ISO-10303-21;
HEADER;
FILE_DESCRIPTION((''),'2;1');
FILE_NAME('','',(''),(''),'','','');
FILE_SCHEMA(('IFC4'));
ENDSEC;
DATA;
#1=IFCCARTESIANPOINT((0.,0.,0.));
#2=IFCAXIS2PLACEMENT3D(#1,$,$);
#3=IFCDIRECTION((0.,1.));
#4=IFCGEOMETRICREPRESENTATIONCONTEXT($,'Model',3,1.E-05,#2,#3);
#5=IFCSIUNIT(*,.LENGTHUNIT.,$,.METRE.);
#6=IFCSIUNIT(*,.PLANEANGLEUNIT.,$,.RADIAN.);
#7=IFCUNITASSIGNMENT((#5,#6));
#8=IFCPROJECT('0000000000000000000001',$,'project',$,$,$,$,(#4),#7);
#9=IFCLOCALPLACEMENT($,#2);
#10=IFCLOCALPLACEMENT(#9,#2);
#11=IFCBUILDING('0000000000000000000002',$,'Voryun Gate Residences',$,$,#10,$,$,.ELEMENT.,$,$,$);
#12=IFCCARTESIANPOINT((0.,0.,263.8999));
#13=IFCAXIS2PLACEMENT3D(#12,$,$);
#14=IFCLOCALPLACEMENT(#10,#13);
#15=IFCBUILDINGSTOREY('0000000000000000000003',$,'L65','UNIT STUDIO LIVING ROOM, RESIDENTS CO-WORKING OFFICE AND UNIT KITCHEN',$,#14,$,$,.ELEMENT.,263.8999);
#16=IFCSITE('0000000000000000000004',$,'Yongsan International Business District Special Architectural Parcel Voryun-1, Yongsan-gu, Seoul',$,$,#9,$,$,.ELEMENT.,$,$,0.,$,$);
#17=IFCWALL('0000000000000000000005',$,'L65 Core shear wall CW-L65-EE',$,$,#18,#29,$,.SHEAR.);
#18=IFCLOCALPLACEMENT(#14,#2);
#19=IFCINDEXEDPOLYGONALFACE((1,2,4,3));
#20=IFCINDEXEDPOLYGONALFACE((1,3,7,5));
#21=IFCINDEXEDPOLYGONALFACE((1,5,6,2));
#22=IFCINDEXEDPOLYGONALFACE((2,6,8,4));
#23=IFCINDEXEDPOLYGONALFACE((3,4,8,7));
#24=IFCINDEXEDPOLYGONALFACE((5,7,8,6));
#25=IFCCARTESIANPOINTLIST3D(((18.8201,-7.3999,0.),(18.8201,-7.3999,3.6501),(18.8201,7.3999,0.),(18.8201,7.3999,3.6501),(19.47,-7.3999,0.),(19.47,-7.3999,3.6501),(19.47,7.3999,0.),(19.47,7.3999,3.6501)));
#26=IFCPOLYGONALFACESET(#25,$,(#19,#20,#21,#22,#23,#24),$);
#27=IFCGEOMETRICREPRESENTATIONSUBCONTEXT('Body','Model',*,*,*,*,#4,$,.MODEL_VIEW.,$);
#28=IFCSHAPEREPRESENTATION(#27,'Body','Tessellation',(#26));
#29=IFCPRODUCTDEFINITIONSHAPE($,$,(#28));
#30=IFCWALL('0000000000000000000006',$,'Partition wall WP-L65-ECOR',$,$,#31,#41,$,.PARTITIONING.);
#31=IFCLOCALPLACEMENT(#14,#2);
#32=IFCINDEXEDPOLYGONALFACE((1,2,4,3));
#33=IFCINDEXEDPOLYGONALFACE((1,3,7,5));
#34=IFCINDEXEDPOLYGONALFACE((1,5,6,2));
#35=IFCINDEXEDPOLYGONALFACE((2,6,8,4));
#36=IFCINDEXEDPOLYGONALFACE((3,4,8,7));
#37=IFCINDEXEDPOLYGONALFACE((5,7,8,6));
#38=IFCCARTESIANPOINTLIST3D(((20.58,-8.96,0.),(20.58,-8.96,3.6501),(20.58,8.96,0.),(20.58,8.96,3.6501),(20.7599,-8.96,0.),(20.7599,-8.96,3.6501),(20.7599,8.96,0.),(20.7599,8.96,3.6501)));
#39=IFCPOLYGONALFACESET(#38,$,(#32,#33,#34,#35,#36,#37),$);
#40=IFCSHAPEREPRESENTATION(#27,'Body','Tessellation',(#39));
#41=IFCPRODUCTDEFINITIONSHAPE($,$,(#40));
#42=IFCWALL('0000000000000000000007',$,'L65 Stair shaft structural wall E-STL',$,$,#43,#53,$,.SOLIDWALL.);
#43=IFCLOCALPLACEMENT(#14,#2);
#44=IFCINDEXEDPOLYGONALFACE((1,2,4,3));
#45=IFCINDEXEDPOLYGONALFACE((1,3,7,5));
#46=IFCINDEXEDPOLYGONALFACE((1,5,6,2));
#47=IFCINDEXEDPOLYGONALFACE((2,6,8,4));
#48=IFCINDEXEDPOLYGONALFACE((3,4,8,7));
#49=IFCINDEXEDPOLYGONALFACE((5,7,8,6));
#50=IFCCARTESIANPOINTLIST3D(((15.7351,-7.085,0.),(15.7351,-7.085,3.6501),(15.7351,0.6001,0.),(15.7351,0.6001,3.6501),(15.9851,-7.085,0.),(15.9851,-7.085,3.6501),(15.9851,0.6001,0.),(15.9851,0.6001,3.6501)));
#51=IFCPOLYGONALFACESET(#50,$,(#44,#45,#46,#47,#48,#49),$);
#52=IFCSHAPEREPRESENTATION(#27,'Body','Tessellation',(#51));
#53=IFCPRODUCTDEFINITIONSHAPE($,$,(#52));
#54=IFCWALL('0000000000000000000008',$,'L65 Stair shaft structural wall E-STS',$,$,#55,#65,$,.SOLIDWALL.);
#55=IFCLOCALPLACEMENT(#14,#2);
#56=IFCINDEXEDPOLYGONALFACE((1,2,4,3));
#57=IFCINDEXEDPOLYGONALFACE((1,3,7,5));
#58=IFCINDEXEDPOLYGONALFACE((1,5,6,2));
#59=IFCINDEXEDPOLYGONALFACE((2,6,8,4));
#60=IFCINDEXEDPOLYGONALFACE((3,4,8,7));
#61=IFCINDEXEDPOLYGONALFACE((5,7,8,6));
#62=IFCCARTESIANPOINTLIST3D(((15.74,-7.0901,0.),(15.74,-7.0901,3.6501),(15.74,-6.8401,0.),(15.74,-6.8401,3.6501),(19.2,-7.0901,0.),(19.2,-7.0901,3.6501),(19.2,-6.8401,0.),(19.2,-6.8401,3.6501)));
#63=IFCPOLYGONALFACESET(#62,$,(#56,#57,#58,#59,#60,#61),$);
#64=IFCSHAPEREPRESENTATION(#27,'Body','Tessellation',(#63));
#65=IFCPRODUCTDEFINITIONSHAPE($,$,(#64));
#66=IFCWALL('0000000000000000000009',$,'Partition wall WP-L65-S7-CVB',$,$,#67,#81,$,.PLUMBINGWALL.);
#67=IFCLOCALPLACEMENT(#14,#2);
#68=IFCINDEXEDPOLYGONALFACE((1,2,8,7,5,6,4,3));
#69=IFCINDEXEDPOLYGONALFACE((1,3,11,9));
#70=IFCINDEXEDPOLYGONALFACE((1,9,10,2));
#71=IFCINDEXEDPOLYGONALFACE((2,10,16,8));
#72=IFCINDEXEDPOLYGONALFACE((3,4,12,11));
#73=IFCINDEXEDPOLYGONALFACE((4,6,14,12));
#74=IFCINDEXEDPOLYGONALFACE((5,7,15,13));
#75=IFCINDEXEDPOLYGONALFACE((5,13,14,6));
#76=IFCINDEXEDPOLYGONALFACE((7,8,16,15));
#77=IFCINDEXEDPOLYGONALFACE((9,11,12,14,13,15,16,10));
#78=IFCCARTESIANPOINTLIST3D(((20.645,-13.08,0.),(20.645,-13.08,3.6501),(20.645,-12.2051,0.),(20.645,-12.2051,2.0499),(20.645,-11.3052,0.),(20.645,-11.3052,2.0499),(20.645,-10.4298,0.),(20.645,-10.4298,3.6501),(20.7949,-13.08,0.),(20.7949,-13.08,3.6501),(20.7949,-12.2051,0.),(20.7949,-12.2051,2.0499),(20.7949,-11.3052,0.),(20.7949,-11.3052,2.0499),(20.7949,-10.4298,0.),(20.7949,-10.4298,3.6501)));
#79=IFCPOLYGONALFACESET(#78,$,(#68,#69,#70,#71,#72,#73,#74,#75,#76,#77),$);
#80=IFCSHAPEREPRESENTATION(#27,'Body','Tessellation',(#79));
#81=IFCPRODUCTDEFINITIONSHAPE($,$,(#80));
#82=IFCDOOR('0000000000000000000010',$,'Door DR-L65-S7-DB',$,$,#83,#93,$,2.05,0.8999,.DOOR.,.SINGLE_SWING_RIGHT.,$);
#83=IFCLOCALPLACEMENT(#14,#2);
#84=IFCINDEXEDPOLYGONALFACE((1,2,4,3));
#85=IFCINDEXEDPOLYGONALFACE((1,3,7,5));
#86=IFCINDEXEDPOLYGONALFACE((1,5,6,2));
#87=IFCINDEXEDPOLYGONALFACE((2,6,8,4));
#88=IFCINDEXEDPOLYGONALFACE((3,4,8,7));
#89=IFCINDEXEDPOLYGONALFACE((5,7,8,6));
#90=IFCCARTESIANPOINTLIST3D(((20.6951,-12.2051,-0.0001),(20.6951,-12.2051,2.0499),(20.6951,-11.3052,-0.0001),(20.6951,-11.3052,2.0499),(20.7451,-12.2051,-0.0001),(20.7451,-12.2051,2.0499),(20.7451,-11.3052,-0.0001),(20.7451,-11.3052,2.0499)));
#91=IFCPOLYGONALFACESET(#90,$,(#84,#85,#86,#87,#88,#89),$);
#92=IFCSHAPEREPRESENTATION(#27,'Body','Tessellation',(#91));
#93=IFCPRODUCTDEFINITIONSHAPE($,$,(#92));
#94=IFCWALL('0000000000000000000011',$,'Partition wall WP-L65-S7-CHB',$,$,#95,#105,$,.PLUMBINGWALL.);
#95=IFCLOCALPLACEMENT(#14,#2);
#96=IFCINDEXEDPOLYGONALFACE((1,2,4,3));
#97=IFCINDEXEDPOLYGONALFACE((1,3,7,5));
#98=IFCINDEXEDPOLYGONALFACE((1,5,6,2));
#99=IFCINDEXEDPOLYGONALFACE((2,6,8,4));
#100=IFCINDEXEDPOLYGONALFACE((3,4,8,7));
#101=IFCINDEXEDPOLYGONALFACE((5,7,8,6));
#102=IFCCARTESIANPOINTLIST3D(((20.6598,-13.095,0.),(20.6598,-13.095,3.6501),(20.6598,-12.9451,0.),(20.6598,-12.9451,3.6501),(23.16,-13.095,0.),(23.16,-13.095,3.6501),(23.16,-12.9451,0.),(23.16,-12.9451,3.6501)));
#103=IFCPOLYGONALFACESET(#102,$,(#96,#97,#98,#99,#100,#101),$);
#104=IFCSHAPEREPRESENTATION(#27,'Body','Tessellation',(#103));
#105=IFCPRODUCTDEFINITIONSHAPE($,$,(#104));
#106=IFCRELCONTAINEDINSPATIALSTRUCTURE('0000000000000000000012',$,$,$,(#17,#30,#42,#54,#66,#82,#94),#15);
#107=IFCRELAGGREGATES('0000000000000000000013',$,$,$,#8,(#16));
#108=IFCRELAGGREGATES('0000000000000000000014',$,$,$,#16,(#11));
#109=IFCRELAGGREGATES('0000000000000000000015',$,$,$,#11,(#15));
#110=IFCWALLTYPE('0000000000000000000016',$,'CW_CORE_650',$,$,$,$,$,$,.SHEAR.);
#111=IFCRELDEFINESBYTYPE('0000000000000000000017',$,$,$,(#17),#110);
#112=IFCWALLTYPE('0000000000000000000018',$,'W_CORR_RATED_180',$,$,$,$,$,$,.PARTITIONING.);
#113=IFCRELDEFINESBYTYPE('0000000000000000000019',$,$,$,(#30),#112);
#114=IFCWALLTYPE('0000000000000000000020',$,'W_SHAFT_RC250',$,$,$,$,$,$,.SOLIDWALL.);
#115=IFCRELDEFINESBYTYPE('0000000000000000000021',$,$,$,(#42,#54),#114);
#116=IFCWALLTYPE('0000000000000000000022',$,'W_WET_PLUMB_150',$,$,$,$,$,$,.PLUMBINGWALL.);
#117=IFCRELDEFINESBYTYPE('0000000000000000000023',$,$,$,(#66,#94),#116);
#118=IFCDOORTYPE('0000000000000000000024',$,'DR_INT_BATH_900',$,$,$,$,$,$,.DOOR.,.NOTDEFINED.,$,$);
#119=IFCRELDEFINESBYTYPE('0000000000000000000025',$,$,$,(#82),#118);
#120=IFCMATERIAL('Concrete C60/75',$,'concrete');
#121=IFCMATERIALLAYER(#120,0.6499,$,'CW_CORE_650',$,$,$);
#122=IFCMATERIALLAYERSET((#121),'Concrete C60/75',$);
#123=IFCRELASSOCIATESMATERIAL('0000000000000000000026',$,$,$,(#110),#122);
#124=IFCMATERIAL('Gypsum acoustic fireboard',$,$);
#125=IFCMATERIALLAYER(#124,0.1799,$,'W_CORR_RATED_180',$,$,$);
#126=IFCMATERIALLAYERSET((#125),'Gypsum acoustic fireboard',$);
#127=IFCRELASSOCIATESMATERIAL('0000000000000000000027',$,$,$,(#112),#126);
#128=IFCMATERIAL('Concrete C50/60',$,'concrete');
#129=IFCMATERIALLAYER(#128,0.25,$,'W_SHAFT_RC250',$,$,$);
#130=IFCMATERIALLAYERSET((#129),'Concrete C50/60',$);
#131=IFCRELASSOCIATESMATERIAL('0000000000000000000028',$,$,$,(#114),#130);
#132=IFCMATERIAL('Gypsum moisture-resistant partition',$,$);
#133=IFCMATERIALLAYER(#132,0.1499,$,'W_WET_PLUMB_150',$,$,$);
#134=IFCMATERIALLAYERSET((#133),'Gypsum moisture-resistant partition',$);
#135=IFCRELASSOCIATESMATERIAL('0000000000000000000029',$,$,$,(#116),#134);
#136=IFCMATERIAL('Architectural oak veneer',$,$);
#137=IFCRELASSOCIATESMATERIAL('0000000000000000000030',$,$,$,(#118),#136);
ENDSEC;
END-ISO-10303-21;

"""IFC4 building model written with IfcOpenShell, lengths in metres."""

from ifc_helpers import new_model, si_unit, direction, frame, frame_2d, origin, place, context, subcontext, project, spatial, rectangle, extrude, material, layer, layer_set, type_object, element, fill, save


model = new_model("IFC4")

# Units and contexts
model_context = context("Model", 3, precision=1e-05, world=origin(), true_north=direction((0.0, 1.0)))
body_context = subcontext(model_context, "Body", "Model", "MODEL_VIEW")
ifc_project = project(units=[si_unit("LENGTHUNIT", "METRE"), si_unit("PLANEANGLEUNIT", "RADIAN")], contexts=[model_context])

# Site, building, storey
site_placement = place(None, origin())
site = spatial("IfcSite", under=ifc_project, at=site_placement, Name="Yongsan International Business District Special Architectural Parcel Voryun-1, Yongsan-gu, Seoul", CompositionType="ELEMENT", RefElevation=0.0)
building_placement = place(site_placement, origin())
building = spatial("IfcBuilding", under=site, at=building_placement, Name="Voryun Gate Residences", CompositionType="ELEMENT")
storey_placement = place(building_placement, frame((0.0, 0.0, 263.8999)))
storey = spatial("IfcBuildingStorey", under=building, at=storey_placement, Name="L65", Description="UNIT STUDIO LIVING ROOM, RESIDENTS CO-WORKING OFFICE AND UNIT KITCHEN", CompositionType="ELEMENT", Elevation=263.8999)

# Walls
ifc_material_1 = material(Name="Concrete C60/75", Category="concrete")
ifc_layer_1 = layer(ifc_material_1, 0.6499, Name="CW_CORE_650")
ifc_layer_set_1 = layer_set([ifc_layer_1], Name="Concrete C60/75")
wall_type_1 = type_object("IfcWallType", Name="CW_CORE_650", PredefinedType="SHEAR", material=ifc_layer_set_1)
wall_1_placement = place(storey_placement, frame((19.145, -7.3999, 0.0), z_axis=(0.0, 0.0, 1.0), x_axis=(0.0, 1.0, 0.0)))
element("IfcWall", 1, at=wall_1_placement, inside=storey, type_object=wall_type_1, Name="L65 Core shear wall CW-L65-EE", PredefinedType="SHEAR", context=body_context, shape_type="SweptSolid", body=[
    extrude(rectangle(XDim=14.7998, YDim=0.6499, at=frame_2d((7.3999, 0.0))), origin(), (0.0, 0.0, 1.0), 3.6501),
])
ifc_material_2 = material(Name="Gypsum acoustic fireboard")
ifc_layer_2 = layer(ifc_material_2, 0.1799, Name="W_CORR_RATED_180")
ifc_layer_set_2 = layer_set([ifc_layer_2], Name="Gypsum acoustic fireboard")
wall_type_2 = type_object("IfcWallType", Name="W_CORR_RATED_180", PredefinedType="PARTITIONING", material=ifc_layer_set_2)
wall_2_placement = place(storey_placement, frame((20.6699, -8.96, 0.0), z_axis=(0.0, 0.0, 1.0), x_axis=(0.0, 1.0, 0.0)))
element("IfcWall", 2, at=wall_2_placement, inside=storey, type_object=wall_type_2, Name="Partition wall WP-L65-ECOR", PredefinedType="PARTITIONING", context=body_context, shape_type="SweptSolid", body=[
    extrude(rectangle(XDim=17.9199, YDim=0.1799, at=frame_2d((8.96, 0.0))), origin(), (0.0, 0.0, 1.0), 3.6501),
])
ifc_material_3 = material(Name="Concrete C50/60", Category="concrete")
ifc_layer_3 = layer(ifc_material_3, 0.25, Name="W_SHAFT_RC250")
ifc_layer_set_3 = layer_set([ifc_layer_3], Name="Concrete C50/60")
wall_type_3 = type_object("IfcWallType", Name="W_SHAFT_RC250", PredefinedType="SOLIDWALL", material=ifc_layer_set_3)
wall_3_placement = place(storey_placement, frame((15.8601, -7.085, 0.0), z_axis=(0.0, 0.0, 1.0), x_axis=(0.0, 1.0, 0.0)))
element("IfcWall", 3, at=wall_3_placement, inside=storey, type_object=wall_type_3, Name="L65 Stair shaft structural wall E-STL", PredefinedType="SOLIDWALL", context=body_context, shape_type="SweptSolid", body=[
    extrude(rectangle(XDim=7.6851, YDim=0.25, at=frame_2d((3.8425, 0.0))), origin(), (0.0, 0.0, 1.0), 3.6501),
])
wall_4_placement = place(storey_placement, frame((15.74, -6.9651, 0.0), z_axis=(0.0, 0.0, 1.0), x_axis=(1.0, 0.0, 0.0)))
element("IfcWall", 4, at=wall_4_placement, inside=storey, type_object=wall_type_3, Name="L65 Stair shaft structural wall E-STS", PredefinedType="SOLIDWALL", context=body_context, shape_type="SweptSolid", body=[
    extrude(rectangle(XDim=3.46, YDim=0.25, at=frame_2d((1.73, 0.0))), origin(), (0.0, 0.0, 1.0), 3.6501),
])

# Wall, opening, door
ifc_material_4 = material(Name="Gypsum moisture-resistant partition")
ifc_layer_4 = layer(ifc_material_4, 0.1499, Name="W_WET_PLUMB_150")
ifc_layer_set_4 = layer_set([ifc_layer_4], Name="Gypsum moisture-resistant partition")
wall_type_4 = type_object("IfcWallType", Name="W_WET_PLUMB_150", PredefinedType="PLUMBINGWALL", material=ifc_layer_set_4)
wall_5_placement = place(storey_placement, frame((20.72, -13.0801, 0.0), z_axis=(0.0, 0.0, 1.0), x_axis=(0.0, 1.0, 0.0)))
wall_5 = element("IfcWall", 5, at=wall_5_placement, inside=storey, type_object=wall_type_4, Name="Partition wall WP-L65-S7-CVB", PredefinedType="PLUMBINGWALL", context=body_context, shape_type="SweptSolid", body=[
    extrude(rectangle(XDim=2.6501, YDim=0.1499, at=frame_2d((1.3252, 0.0))), origin(), (0.0, 0.0, 1.0), 3.6501),
])
opening_placement = place(wall_5_placement, frame((0.875, 0.0, 0.0)))
opening = element("IfcOpeningElement", 6, at=opening_placement, cuts=wall_5, PredefinedType="OPENING", context=body_context, shape_type="SweptSolid", body=[
    extrude(rectangle(XDim=0.8999, YDim=2.05, at=frame_2d((0.45, 1.0249))), frame((0.0, 0.085, 0.0), z_axis=(0.0, -1.0, 0.0), x_axis=(1.0, 0.0, 0.0)), (0.0, 0.0, 1.0), 0.1699),
])
ifc_material_5 = material(Name="Architectural oak veneer")
door_type = type_object("IfcDoorType", Name="DR_INT_BATH_900", OperationType="NOTDEFINED", PredefinedType="DOOR", material=ifc_material_5)
door_placement = place(opening_placement, origin())
door = element("IfcDoor", 7, at=door_placement, inside=storey, type_object=door_type, Name="Door DR-L65-S7-DB", OperationType="SINGLE_SWING_RIGHT", OverallHeight=2.05, OverallWidth=0.8999, PredefinedType="DOOR", context=body_context, shape_type="SweptSolid", body=[
    extrude(rectangle(XDim=0.8999, YDim=2.05, at=frame_2d((0.45, 1.0249))), frame((0.0, 0.0249, 0.0), z_axis=(0.0, -1.0, 0.0), x_axis=(1.0, 0.0, 0.0)), (0.0, 0.0, 1.0), 0.05),
])
fill(opening, door)

# Wall
wall_6_placement = place(storey_placement, frame((20.6599, -13.02, 0.0), z_axis=(0.0, 0.0, 1.0), x_axis=(1.0, 0.0, 0.0)))
element("IfcWall", 8, at=wall_6_placement, inside=storey, type_object=wall_type_4, Name="Partition wall WP-L65-S7-CHB", PredefinedType="PLUMBINGWALL", context=body_context, shape_type="SweptSolid", body=[
    extrude(rectangle(XDim=2.5002, YDim=0.1499, at=frame_2d((1.25, 0.0))), origin(), (0.0, 0.0, 1.0), 3.6501),
])

save(model, "model.ifc")
